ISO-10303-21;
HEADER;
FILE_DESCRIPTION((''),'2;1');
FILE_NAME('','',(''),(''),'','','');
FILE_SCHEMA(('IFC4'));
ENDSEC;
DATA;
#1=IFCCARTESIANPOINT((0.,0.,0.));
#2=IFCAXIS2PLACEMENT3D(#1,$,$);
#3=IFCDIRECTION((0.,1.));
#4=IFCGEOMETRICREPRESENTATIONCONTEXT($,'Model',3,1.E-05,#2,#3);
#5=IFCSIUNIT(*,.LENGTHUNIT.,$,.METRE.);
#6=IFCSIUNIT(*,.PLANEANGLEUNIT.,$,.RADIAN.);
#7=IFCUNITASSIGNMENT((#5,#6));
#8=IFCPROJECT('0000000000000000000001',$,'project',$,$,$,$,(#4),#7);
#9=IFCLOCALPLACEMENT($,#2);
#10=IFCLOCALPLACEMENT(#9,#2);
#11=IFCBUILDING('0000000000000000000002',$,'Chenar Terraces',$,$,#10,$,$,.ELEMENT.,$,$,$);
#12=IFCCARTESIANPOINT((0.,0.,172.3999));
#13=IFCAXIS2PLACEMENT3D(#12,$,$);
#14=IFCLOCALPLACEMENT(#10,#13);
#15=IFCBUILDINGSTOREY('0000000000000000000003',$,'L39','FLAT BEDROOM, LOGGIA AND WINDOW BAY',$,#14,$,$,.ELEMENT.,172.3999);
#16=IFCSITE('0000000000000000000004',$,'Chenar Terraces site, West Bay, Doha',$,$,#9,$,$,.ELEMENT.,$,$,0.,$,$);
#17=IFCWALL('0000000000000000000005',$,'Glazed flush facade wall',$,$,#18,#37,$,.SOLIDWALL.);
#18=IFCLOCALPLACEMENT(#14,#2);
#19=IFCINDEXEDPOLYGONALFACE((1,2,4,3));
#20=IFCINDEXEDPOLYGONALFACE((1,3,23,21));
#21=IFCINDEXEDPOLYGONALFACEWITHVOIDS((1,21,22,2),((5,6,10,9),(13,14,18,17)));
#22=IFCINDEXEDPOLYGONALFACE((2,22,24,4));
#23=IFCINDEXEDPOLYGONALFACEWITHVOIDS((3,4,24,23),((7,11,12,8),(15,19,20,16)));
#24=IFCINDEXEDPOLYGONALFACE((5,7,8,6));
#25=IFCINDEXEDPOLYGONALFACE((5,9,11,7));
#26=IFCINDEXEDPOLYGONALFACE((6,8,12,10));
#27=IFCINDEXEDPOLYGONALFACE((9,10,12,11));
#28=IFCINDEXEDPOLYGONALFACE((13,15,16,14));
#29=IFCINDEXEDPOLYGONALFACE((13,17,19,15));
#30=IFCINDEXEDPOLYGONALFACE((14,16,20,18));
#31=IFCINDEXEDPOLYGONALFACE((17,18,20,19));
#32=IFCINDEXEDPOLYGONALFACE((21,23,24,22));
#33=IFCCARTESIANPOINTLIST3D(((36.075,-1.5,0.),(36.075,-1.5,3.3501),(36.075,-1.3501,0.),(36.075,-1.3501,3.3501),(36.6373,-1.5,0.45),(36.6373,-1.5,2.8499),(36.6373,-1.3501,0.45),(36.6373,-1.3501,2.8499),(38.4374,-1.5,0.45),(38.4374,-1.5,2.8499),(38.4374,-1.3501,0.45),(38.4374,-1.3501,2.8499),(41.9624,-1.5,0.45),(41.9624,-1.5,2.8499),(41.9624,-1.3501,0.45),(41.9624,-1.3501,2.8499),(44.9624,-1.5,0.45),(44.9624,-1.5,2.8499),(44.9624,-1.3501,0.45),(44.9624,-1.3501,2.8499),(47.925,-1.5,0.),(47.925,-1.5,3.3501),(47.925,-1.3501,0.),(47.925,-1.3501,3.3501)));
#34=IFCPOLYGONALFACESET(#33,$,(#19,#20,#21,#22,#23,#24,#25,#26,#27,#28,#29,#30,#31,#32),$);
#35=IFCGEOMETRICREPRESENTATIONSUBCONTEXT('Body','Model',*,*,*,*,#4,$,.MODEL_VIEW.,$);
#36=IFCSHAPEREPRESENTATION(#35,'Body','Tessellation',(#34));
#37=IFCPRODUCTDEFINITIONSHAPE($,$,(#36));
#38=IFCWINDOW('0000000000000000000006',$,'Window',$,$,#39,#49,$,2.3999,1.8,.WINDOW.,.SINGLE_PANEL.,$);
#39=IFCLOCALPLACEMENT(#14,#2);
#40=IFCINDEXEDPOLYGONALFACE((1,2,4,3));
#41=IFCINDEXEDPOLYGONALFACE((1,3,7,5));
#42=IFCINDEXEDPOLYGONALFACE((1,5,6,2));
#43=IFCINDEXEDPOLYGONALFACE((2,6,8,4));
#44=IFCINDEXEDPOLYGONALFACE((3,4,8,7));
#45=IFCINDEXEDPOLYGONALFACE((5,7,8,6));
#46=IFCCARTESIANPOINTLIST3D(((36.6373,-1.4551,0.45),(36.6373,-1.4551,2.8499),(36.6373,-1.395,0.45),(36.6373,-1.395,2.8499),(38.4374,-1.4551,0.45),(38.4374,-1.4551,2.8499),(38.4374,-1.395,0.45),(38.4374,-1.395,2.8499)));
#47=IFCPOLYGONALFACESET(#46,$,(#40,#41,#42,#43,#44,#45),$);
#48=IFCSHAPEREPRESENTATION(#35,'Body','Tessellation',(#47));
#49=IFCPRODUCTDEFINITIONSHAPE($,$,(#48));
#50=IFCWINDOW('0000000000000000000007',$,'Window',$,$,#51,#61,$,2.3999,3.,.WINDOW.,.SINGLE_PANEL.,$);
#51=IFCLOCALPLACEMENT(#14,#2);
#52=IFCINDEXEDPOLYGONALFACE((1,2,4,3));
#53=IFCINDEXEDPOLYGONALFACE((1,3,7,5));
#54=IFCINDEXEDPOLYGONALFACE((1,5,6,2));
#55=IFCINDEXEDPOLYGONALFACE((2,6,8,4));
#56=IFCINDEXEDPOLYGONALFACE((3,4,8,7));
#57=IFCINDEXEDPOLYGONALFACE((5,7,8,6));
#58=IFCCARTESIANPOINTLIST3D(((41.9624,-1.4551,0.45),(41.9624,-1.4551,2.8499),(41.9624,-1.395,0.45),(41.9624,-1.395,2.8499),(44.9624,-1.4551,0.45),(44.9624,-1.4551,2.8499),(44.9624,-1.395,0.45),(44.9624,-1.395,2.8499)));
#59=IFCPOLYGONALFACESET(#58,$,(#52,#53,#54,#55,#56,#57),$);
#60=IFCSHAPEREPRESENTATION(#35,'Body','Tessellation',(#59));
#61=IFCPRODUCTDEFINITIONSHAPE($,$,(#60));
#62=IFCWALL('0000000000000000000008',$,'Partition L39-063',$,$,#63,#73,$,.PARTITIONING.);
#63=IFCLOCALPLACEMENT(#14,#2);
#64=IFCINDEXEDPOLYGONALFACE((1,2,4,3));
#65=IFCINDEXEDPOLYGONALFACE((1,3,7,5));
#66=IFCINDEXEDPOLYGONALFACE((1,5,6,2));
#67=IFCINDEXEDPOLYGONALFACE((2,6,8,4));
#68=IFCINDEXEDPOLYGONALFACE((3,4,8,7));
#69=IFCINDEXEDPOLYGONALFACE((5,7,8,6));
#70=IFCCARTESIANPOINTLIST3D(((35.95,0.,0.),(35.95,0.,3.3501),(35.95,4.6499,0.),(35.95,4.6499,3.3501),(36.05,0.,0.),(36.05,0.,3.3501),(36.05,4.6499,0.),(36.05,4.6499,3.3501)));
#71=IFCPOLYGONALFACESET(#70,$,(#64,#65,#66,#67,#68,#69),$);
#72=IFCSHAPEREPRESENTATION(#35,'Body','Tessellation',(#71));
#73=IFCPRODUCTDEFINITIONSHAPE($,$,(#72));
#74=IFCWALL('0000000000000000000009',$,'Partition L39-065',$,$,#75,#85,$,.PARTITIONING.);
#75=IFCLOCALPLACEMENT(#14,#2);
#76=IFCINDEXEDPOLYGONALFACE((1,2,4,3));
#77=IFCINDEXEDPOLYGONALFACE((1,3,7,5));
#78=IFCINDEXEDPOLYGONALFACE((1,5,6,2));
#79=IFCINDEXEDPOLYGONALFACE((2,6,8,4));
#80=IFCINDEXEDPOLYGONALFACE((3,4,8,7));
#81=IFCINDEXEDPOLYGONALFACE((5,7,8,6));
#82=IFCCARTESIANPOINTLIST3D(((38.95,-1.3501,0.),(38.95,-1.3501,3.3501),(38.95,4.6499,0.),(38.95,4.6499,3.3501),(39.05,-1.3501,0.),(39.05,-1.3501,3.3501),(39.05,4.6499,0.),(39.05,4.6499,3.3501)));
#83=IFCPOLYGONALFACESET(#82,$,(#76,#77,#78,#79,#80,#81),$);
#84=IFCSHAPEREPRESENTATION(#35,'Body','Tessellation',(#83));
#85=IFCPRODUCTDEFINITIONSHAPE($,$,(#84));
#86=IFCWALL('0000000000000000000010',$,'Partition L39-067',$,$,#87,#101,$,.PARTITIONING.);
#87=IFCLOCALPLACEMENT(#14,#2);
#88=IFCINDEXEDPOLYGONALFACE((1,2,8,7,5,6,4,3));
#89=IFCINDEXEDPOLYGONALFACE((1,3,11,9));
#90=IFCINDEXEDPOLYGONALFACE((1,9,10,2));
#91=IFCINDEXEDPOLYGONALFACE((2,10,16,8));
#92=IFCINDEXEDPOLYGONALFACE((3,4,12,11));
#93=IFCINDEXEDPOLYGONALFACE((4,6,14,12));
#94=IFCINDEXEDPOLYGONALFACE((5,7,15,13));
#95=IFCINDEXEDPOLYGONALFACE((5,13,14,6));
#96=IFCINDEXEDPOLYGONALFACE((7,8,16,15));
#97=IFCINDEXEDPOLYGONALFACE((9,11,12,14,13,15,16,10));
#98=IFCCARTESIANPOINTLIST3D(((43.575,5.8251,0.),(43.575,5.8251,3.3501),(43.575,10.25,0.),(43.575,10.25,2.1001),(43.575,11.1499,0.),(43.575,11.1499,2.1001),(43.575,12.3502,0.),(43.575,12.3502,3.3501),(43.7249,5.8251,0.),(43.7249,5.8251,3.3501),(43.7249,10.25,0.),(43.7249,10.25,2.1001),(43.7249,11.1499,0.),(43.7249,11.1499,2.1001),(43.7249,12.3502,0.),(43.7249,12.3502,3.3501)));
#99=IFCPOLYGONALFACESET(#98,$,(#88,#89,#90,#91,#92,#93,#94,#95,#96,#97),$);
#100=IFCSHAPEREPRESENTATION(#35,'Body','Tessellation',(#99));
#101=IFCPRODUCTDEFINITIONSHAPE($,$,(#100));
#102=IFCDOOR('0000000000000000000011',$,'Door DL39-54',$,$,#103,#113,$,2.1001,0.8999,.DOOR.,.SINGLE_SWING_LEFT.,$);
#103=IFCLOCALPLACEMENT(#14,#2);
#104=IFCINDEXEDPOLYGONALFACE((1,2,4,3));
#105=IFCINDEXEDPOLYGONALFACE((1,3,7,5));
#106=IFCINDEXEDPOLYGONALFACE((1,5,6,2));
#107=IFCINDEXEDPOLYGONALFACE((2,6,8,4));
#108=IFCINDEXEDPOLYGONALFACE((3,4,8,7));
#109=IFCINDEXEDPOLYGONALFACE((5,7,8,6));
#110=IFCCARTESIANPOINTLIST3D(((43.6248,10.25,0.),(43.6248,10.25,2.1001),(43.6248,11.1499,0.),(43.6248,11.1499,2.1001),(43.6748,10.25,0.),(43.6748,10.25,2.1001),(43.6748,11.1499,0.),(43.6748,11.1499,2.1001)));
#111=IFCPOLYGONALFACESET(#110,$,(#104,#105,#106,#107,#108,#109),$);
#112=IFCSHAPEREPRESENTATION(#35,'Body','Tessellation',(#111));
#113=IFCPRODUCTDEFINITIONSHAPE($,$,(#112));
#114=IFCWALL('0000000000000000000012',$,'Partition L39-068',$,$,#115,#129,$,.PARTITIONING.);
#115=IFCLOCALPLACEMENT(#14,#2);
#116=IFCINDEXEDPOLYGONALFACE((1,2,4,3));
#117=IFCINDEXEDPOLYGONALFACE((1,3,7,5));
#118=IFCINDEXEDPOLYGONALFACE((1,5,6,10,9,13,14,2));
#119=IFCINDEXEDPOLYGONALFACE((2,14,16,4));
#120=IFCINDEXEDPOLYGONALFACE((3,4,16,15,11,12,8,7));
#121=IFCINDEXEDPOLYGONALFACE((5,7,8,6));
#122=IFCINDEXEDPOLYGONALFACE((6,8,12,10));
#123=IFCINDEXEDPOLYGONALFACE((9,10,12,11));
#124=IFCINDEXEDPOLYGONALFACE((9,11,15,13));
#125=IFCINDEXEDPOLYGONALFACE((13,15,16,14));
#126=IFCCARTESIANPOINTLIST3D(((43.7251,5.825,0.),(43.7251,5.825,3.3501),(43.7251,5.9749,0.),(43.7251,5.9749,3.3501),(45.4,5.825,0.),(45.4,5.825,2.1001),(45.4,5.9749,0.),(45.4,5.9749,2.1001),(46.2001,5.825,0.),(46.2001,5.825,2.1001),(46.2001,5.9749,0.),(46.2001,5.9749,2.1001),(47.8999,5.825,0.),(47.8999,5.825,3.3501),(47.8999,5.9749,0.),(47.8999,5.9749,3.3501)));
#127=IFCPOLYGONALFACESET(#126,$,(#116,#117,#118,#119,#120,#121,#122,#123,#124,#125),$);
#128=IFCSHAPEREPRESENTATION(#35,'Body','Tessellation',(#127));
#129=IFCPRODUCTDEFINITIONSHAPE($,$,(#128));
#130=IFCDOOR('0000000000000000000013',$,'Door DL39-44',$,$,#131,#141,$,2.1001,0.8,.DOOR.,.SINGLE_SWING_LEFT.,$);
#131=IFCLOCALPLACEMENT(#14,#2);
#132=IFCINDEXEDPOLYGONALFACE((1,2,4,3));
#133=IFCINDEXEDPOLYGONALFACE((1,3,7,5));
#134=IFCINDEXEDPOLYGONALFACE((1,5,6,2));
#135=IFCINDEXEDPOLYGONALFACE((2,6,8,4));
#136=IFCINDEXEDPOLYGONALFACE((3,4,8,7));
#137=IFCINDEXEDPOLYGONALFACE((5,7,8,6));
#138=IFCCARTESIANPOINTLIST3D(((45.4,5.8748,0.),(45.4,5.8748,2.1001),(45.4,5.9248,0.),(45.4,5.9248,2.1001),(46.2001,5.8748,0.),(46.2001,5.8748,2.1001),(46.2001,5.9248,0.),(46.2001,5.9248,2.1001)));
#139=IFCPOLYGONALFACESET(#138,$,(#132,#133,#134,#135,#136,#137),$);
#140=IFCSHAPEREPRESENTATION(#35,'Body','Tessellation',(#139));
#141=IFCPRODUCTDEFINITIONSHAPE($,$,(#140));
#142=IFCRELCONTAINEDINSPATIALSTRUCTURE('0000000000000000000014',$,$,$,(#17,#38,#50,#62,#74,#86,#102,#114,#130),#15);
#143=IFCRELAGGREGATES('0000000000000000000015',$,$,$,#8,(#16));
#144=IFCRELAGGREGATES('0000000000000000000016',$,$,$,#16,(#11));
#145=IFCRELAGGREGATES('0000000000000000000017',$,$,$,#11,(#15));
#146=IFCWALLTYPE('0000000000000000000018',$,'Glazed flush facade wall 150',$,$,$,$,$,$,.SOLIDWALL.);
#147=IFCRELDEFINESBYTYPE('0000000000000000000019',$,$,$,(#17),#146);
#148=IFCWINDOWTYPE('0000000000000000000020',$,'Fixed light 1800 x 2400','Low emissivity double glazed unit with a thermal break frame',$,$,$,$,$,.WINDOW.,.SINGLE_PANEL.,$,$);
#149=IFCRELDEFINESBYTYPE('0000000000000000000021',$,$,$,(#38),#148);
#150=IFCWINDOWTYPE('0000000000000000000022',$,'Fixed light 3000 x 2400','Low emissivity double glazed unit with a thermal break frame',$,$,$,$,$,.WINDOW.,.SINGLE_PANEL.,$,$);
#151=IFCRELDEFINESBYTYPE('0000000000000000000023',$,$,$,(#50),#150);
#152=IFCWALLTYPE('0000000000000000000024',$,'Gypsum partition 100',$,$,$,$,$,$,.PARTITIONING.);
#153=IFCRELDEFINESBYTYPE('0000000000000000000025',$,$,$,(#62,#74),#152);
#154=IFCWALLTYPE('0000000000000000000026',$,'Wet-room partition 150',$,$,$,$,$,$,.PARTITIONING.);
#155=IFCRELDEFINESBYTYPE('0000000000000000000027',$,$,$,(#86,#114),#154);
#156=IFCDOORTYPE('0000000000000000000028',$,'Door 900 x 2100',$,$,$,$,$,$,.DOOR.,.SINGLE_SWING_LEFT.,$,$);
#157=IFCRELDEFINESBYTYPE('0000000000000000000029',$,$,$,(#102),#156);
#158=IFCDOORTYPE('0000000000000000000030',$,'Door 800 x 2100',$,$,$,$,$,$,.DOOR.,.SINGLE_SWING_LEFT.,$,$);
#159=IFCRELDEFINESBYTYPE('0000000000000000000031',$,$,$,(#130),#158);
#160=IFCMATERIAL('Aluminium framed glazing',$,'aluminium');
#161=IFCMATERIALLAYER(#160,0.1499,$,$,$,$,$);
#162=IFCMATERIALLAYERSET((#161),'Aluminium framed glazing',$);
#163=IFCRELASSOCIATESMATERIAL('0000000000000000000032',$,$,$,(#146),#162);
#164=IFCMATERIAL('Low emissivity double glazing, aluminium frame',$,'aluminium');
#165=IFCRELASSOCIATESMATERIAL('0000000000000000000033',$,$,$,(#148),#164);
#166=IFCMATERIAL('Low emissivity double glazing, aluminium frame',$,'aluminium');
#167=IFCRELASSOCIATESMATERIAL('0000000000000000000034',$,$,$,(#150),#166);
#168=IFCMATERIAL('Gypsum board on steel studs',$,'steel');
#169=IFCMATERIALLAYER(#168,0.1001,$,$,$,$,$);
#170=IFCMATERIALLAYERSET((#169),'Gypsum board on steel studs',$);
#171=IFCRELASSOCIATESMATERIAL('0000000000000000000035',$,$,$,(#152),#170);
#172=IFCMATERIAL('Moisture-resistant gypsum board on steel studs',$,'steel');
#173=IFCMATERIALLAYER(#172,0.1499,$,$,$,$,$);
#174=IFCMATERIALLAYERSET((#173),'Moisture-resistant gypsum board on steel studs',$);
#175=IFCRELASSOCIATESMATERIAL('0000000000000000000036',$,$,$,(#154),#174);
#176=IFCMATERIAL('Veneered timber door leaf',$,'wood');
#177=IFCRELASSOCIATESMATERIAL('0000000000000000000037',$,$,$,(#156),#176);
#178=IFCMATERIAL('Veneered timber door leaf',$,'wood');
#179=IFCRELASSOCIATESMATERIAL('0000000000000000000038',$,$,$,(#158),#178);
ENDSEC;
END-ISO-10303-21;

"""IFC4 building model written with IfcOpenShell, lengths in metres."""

from ifc_helpers import new_model, si_unit, direction, frame, frame_2d, origin, place, context, subcontext, project, spatial, rectangle, extrude, material, layer, layer_set, type_object, element, fill, save


model = new_model("IFC4")

# Units and contexts
model_context = context("Model", 3, precision=1e-05, world=origin(), true_north=direction((0.0, 1.0)))
body_context = subcontext(model_context, "Body", "Model", "MODEL_VIEW")
ifc_project = project(units=[si_unit("LENGTHUNIT", "METRE"), si_unit("PLANEANGLEUNIT", "RADIAN")], contexts=[model_context])

# Site, building, storey
site_placement = place(None, origin())
site = spatial("IfcSite", under=ifc_project, at=site_placement, Name="Chenar Terraces site, West Bay, Doha", CompositionType="ELEMENT", RefElevation=0.0)
building_placement = place(site_placement, origin())
building = spatial("IfcBuilding", under=site, at=building_placement, Name="Chenar Terraces", CompositionType="ELEMENT")
storey_placement = place(building_placement, frame((0.0, 0.0, 172.3999)))
storey = spatial("IfcBuildingStorey", under=building, at=storey_placement, Name="L39", Description="FLAT BEDROOM, LOGGIA AND WINDOW BAY", CompositionType="ELEMENT", Elevation=172.3999)

# Wall, openings, windows
ifc_material_1 = material(Name="Aluminium framed glazing", Category="aluminium")
ifc_layer_1 = layer(ifc_material_1, 0.1499)
ifc_layer_set_1 = layer_set([ifc_layer_1], Name="Aluminium framed glazing")
wall_type_1 = type_object("IfcWallType", Name="Glazed flush facade wall 150", PredefinedType="SOLIDWALL", material=ifc_layer_set_1)
wall_1_placement = place(storey_placement, frame((36.075, -1.425, 0.0), z_axis=(0.0, 0.0, 1.0), x_axis=(1.0, 0.0, 0.0)))
wall_1 = element("IfcWall", 1, at=wall_1_placement, inside=storey, type_object=wall_type_1, Name="Glazed flush facade wall", PredefinedType="SOLIDWALL", context=body_context, shape_type="SweptSolid", body=[
    extrude(rectangle(XDim=11.8501, YDim=0.1499, at=frame_2d((5.925, 0.0))), origin(), (0.0, 0.0, 1.0), 3.3501),
])
opening_1_placement = place(wall_1_placement, frame((0.5625, 0.0, 0.45)))
opening_1 = element("IfcOpeningElement", 2, at=opening_1_placement, cuts=wall_1, PredefinedType="OPENING", context=body_context, shape_type="SweptSolid", body=[
    extrude(rectangle(XDim=1.8, YDim=2.3999, at=frame_2d((0.8999, 1.2))), frame((0.0, 0.085, 0.0), z_axis=(0.0, -1.0, 0.0), x_axis=(1.0, 0.0, 0.0)), (0.0, 0.0, 1.0), 0.1699),
])
opening_2_placement = place(wall_1_placement, frame((5.8875, 0.0, 0.45)))
opening_2 = element("IfcOpeningElement", 3, at=opening_2_placement, cuts=wall_1, PredefinedType="OPENING", context=body_context, shape_type="SweptSolid", body=[
    extrude(rectangle(XDim=3.0, YDim=2.3999, at=frame_2d((1.5, 1.2))), frame((0.0, 0.085, 0.0), z_axis=(0.0, -1.0, 0.0), x_axis=(1.0, 0.0, 0.0)), (0.0, 0.0, 1.0), 0.1699),
])
ifc_material_2 = material(Name="Low emissivity double glazing, aluminium frame", Category="aluminium")
window_type_1 = type_object("IfcWindowType", Name="Fixed light 1800 x 2400", Description="Low emissivity double glazed unit with a thermal break frame", PartitioningType="SINGLE_PANEL", PredefinedType="WINDOW", material=ifc_material_2)
window_1_placement = place(opening_1_placement, origin())
window_1 = element("IfcWindow", 4, at=window_1_placement, inside=storey, type_object=window_type_1, Name="Window", OverallHeight=2.3999, OverallWidth=1.8, PartitioningType="SINGLE_PANEL", PredefinedType="WINDOW", context=body_context, shape_type="SweptSolid", body=[
    extrude(rectangle(XDim=1.8, YDim=2.3999, at=frame_2d((0.8999, 1.2))), frame((0.0, 0.03, 0.0), z_axis=(0.0, -1.0, 0.0), x_axis=(1.0, 0.0, 0.0)), (0.0, 0.0, 1.0), 0.0601),
])
fill(opening_1, window_1)
ifc_material_3 = material(Name="Low emissivity double glazing, aluminium frame", Category="aluminium")
window_type_2 = type_object("IfcWindowType", Name="Fixed light 3000 x 2400", Description="Low emissivity double glazed unit with a thermal break frame", PartitioningType="SINGLE_PANEL", PredefinedType="WINDOW", material=ifc_material_3)
window_2_placement = place(opening_2_placement, origin())
window_2 = element("IfcWindow", 5, at=window_2_placement, inside=storey, type_object=window_type_2, Name="Window", OverallHeight=2.3999, OverallWidth=3.0, PartitioningType="SINGLE_PANEL", PredefinedType="WINDOW", context=body_context, shape_type="SweptSolid", body=[
    extrude(rectangle(XDim=3.0, YDim=2.3999, at=frame_2d((1.5, 1.2))), frame((0.0, 0.03, 0.0), z_axis=(0.0, -1.0, 0.0), x_axis=(1.0, 0.0, 0.0)), (0.0, 0.0, 1.0), 0.0601),
])
fill(opening_2, window_2)

# Walls
ifc_material_4 = material(Name="Gypsum board on steel studs", Category="steel")
ifc_layer_2 = layer(ifc_material_4, 0.1001)
ifc_layer_set_2 = layer_set([ifc_layer_2], Name="Gypsum board on steel studs")
wall_type_2 = type_object("IfcWallType", Name="Gypsum partition 100", PredefinedType="PARTITIONING", material=ifc_layer_set_2)
wall_2_placement = place(storey_placement, frame((36.0, 0.0, 0.0), z_axis=(0.0, 0.0, 1.0), x_axis=(0.0, 1.0, 0.0)))
element("IfcWall", 6, at=wall_2_placement, inside=storey, type_object=wall_type_2, Name="Partition L39-063", PredefinedType="PARTITIONING", context=body_context, shape_type="SweptSolid", body=[
    extrude(rectangle(XDim=4.6499, YDim=0.1001, at=frame_2d((2.325, 0.0))), origin(), (0.0, 0.0, 1.0), 3.3501),
])
wall_3_placement = place(storey_placement, frame((39.0, -1.3501, 0.0), z_axis=(0.0, 0.0, 1.0), x_axis=(0.0, 1.0, 0.0)))
element("IfcWall", 7, at=wall_3_placement, inside=storey, type_object=wall_type_2, Name="Partition L39-065", PredefinedType="PARTITIONING", context=body_context, shape_type="SweptSolid", body=[
    extrude(rectangle(XDim=6.0, YDim=0.1001, at=frame_2d((3.0, 0.0))), origin(), (0.0, 0.0, 1.0), 3.3501),
])

# Walls, openings, doors
ifc_material_5 = material(Name="Moisture-resistant gypsum board on steel studs", Category="steel")
ifc_layer_3 = layer(ifc_material_5, 0.1499)
ifc_layer_set_3 = layer_set([ifc_layer_3], Name="Moisture-resistant gypsum board on steel studs")
wall_type_3 = type_object("IfcWallType", Name="Wet-room partition 150", PredefinedType="PARTITIONING", material=ifc_layer_set_3)
wall_4_placement = place(storey_placement, frame((43.6499, 5.825, 0.0), z_axis=(0.0, 0.0, 1.0), x_axis=(0.0, 1.0, 0.0)))
wall_4 = element("IfcWall", 8, at=wall_4_placement, inside=storey, type_object=wall_type_3, Name="Partition L39-067", PredefinedType="PARTITIONING", context=body_context, shape_type="SweptSolid", body=[
    extrude(rectangle(XDim=6.5251, YDim=0.1499, at=frame_2d((3.2627, 0.0))), origin(), (0.0, 0.0, 1.0), 3.3501),
])
opening_3_placement = place(wall_4_placement, frame((4.425, 0.0, 0.0)))
opening_3 = element("IfcOpeningElement", 9, at=opening_3_placement, cuts=wall_4, PredefinedType="OPENING", context=body_context, shape_type="SweptSolid", body=[
    extrude(rectangle(XDim=0.8999, YDim=2.1001, at=frame_2d((0.45, 1.05))), frame((0.0, 0.085, 0.0), z_axis=(0.0, -1.0, 0.0), x_axis=(1.0, 0.0, 0.0)), (0.0, 0.0, 1.0), 0.1699),
])
ifc_material_6 = material(Name="Veneered timber door leaf", Category="wood")
door_type_1 = type_object("IfcDoorType", Name="Door 900 x 2100", OperationType="SINGLE_SWING_LEFT", PredefinedType="DOOR", material=ifc_material_6)
door_1_placement = place(opening_3_placement, frame((0.8999, 0.0, 0.0), z_axis=(0.0, 0.0, 1.0), x_axis=(-1.0, 0.0, 0.0)))
door_1 = element("IfcDoor", 10, at=door_1_placement, inside=storey, type_object=door_type_1, Name="Door DL39-54", OperationType="SINGLE_SWING_LEFT", OverallHeight=2.1001, OverallWidth=0.8999, PredefinedType="DOOR", context=body_context, shape_type="SweptSolid", body=[
    extrude(rectangle(XDim=0.8999, YDim=2.1001, at=frame_2d((0.45, 1.05))), frame((0.0, 0.0249, 0.0), z_axis=(0.0, -1.0, 0.0), x_axis=(1.0, 0.0, 0.0)), (0.0, 0.0, 1.0), 0.05),
])
fill(opening_3, door_1)
wall_5_placement = place(storey_placement, frame((43.7251, 5.8999, 0.0), z_axis=(0.0, 0.0, 1.0), x_axis=(1.0, 0.0, 0.0)))
wall_5 = element("IfcWall", 11, at=wall_5_placement, inside=storey, type_object=wall_type_3, Name="Partition L39-068", PredefinedType="PARTITIONING", context=body_context, shape_type="SweptSolid", body=[
    extrude(rectangle(XDim=4.1748, YDim=0.1499, at=frame_2d((2.0874, 0.0))), origin(), (0.0, 0.0, 1.0), 3.3501),
])
opening_4_placement = place(wall_5_placement, frame((1.675, 0.0, 0.0)))
opening_4 = element("IfcOpeningElement", 12, at=opening_4_placement, cuts=wall_5, PredefinedType="OPENING", context=body_context, shape_type="SweptSolid", body=[
    extrude(rectangle(XDim=0.8, YDim=2.1001, at=frame_2d((0.3999, 1.05))), frame((0.0, 0.085, 0.0), z_axis=(0.0, -1.0, 0.0), x_axis=(1.0, 0.0, 0.0)), (0.0, 0.0, 1.0), 0.1699),
])
ifc_material_7 = material(Name="Veneered timber door leaf", Category="wood")
door_type_2 = type_object("IfcDoorType", Name="Door 800 x 2100", OperationType="SINGLE_SWING_LEFT", PredefinedType="DOOR", material=ifc_material_7)
door_2_placement = place(opening_4_placement, origin())
door_2 = element("IfcDoor", 13, at=door_2_placement, inside=storey, type_object=door_type_2, Name="Door DL39-44", OperationType="SINGLE_SWING_LEFT", OverallHeight=2.1001, OverallWidth=0.8, PredefinedType="DOOR", context=body_context, shape_type="SweptSolid", body=[
    extrude(rectangle(XDim=0.8, YDim=2.1001, at=frame_2d((0.3999, 1.05))), frame((0.0, 0.0249, 0.0), z_axis=(0.0, -1.0, 0.0), x_axis=(1.0, 0.0, 0.0)), (0.0, 0.0, 1.0), 0.05),
])
fill(opening_4, door_2)

save(model, "model.ifc")
